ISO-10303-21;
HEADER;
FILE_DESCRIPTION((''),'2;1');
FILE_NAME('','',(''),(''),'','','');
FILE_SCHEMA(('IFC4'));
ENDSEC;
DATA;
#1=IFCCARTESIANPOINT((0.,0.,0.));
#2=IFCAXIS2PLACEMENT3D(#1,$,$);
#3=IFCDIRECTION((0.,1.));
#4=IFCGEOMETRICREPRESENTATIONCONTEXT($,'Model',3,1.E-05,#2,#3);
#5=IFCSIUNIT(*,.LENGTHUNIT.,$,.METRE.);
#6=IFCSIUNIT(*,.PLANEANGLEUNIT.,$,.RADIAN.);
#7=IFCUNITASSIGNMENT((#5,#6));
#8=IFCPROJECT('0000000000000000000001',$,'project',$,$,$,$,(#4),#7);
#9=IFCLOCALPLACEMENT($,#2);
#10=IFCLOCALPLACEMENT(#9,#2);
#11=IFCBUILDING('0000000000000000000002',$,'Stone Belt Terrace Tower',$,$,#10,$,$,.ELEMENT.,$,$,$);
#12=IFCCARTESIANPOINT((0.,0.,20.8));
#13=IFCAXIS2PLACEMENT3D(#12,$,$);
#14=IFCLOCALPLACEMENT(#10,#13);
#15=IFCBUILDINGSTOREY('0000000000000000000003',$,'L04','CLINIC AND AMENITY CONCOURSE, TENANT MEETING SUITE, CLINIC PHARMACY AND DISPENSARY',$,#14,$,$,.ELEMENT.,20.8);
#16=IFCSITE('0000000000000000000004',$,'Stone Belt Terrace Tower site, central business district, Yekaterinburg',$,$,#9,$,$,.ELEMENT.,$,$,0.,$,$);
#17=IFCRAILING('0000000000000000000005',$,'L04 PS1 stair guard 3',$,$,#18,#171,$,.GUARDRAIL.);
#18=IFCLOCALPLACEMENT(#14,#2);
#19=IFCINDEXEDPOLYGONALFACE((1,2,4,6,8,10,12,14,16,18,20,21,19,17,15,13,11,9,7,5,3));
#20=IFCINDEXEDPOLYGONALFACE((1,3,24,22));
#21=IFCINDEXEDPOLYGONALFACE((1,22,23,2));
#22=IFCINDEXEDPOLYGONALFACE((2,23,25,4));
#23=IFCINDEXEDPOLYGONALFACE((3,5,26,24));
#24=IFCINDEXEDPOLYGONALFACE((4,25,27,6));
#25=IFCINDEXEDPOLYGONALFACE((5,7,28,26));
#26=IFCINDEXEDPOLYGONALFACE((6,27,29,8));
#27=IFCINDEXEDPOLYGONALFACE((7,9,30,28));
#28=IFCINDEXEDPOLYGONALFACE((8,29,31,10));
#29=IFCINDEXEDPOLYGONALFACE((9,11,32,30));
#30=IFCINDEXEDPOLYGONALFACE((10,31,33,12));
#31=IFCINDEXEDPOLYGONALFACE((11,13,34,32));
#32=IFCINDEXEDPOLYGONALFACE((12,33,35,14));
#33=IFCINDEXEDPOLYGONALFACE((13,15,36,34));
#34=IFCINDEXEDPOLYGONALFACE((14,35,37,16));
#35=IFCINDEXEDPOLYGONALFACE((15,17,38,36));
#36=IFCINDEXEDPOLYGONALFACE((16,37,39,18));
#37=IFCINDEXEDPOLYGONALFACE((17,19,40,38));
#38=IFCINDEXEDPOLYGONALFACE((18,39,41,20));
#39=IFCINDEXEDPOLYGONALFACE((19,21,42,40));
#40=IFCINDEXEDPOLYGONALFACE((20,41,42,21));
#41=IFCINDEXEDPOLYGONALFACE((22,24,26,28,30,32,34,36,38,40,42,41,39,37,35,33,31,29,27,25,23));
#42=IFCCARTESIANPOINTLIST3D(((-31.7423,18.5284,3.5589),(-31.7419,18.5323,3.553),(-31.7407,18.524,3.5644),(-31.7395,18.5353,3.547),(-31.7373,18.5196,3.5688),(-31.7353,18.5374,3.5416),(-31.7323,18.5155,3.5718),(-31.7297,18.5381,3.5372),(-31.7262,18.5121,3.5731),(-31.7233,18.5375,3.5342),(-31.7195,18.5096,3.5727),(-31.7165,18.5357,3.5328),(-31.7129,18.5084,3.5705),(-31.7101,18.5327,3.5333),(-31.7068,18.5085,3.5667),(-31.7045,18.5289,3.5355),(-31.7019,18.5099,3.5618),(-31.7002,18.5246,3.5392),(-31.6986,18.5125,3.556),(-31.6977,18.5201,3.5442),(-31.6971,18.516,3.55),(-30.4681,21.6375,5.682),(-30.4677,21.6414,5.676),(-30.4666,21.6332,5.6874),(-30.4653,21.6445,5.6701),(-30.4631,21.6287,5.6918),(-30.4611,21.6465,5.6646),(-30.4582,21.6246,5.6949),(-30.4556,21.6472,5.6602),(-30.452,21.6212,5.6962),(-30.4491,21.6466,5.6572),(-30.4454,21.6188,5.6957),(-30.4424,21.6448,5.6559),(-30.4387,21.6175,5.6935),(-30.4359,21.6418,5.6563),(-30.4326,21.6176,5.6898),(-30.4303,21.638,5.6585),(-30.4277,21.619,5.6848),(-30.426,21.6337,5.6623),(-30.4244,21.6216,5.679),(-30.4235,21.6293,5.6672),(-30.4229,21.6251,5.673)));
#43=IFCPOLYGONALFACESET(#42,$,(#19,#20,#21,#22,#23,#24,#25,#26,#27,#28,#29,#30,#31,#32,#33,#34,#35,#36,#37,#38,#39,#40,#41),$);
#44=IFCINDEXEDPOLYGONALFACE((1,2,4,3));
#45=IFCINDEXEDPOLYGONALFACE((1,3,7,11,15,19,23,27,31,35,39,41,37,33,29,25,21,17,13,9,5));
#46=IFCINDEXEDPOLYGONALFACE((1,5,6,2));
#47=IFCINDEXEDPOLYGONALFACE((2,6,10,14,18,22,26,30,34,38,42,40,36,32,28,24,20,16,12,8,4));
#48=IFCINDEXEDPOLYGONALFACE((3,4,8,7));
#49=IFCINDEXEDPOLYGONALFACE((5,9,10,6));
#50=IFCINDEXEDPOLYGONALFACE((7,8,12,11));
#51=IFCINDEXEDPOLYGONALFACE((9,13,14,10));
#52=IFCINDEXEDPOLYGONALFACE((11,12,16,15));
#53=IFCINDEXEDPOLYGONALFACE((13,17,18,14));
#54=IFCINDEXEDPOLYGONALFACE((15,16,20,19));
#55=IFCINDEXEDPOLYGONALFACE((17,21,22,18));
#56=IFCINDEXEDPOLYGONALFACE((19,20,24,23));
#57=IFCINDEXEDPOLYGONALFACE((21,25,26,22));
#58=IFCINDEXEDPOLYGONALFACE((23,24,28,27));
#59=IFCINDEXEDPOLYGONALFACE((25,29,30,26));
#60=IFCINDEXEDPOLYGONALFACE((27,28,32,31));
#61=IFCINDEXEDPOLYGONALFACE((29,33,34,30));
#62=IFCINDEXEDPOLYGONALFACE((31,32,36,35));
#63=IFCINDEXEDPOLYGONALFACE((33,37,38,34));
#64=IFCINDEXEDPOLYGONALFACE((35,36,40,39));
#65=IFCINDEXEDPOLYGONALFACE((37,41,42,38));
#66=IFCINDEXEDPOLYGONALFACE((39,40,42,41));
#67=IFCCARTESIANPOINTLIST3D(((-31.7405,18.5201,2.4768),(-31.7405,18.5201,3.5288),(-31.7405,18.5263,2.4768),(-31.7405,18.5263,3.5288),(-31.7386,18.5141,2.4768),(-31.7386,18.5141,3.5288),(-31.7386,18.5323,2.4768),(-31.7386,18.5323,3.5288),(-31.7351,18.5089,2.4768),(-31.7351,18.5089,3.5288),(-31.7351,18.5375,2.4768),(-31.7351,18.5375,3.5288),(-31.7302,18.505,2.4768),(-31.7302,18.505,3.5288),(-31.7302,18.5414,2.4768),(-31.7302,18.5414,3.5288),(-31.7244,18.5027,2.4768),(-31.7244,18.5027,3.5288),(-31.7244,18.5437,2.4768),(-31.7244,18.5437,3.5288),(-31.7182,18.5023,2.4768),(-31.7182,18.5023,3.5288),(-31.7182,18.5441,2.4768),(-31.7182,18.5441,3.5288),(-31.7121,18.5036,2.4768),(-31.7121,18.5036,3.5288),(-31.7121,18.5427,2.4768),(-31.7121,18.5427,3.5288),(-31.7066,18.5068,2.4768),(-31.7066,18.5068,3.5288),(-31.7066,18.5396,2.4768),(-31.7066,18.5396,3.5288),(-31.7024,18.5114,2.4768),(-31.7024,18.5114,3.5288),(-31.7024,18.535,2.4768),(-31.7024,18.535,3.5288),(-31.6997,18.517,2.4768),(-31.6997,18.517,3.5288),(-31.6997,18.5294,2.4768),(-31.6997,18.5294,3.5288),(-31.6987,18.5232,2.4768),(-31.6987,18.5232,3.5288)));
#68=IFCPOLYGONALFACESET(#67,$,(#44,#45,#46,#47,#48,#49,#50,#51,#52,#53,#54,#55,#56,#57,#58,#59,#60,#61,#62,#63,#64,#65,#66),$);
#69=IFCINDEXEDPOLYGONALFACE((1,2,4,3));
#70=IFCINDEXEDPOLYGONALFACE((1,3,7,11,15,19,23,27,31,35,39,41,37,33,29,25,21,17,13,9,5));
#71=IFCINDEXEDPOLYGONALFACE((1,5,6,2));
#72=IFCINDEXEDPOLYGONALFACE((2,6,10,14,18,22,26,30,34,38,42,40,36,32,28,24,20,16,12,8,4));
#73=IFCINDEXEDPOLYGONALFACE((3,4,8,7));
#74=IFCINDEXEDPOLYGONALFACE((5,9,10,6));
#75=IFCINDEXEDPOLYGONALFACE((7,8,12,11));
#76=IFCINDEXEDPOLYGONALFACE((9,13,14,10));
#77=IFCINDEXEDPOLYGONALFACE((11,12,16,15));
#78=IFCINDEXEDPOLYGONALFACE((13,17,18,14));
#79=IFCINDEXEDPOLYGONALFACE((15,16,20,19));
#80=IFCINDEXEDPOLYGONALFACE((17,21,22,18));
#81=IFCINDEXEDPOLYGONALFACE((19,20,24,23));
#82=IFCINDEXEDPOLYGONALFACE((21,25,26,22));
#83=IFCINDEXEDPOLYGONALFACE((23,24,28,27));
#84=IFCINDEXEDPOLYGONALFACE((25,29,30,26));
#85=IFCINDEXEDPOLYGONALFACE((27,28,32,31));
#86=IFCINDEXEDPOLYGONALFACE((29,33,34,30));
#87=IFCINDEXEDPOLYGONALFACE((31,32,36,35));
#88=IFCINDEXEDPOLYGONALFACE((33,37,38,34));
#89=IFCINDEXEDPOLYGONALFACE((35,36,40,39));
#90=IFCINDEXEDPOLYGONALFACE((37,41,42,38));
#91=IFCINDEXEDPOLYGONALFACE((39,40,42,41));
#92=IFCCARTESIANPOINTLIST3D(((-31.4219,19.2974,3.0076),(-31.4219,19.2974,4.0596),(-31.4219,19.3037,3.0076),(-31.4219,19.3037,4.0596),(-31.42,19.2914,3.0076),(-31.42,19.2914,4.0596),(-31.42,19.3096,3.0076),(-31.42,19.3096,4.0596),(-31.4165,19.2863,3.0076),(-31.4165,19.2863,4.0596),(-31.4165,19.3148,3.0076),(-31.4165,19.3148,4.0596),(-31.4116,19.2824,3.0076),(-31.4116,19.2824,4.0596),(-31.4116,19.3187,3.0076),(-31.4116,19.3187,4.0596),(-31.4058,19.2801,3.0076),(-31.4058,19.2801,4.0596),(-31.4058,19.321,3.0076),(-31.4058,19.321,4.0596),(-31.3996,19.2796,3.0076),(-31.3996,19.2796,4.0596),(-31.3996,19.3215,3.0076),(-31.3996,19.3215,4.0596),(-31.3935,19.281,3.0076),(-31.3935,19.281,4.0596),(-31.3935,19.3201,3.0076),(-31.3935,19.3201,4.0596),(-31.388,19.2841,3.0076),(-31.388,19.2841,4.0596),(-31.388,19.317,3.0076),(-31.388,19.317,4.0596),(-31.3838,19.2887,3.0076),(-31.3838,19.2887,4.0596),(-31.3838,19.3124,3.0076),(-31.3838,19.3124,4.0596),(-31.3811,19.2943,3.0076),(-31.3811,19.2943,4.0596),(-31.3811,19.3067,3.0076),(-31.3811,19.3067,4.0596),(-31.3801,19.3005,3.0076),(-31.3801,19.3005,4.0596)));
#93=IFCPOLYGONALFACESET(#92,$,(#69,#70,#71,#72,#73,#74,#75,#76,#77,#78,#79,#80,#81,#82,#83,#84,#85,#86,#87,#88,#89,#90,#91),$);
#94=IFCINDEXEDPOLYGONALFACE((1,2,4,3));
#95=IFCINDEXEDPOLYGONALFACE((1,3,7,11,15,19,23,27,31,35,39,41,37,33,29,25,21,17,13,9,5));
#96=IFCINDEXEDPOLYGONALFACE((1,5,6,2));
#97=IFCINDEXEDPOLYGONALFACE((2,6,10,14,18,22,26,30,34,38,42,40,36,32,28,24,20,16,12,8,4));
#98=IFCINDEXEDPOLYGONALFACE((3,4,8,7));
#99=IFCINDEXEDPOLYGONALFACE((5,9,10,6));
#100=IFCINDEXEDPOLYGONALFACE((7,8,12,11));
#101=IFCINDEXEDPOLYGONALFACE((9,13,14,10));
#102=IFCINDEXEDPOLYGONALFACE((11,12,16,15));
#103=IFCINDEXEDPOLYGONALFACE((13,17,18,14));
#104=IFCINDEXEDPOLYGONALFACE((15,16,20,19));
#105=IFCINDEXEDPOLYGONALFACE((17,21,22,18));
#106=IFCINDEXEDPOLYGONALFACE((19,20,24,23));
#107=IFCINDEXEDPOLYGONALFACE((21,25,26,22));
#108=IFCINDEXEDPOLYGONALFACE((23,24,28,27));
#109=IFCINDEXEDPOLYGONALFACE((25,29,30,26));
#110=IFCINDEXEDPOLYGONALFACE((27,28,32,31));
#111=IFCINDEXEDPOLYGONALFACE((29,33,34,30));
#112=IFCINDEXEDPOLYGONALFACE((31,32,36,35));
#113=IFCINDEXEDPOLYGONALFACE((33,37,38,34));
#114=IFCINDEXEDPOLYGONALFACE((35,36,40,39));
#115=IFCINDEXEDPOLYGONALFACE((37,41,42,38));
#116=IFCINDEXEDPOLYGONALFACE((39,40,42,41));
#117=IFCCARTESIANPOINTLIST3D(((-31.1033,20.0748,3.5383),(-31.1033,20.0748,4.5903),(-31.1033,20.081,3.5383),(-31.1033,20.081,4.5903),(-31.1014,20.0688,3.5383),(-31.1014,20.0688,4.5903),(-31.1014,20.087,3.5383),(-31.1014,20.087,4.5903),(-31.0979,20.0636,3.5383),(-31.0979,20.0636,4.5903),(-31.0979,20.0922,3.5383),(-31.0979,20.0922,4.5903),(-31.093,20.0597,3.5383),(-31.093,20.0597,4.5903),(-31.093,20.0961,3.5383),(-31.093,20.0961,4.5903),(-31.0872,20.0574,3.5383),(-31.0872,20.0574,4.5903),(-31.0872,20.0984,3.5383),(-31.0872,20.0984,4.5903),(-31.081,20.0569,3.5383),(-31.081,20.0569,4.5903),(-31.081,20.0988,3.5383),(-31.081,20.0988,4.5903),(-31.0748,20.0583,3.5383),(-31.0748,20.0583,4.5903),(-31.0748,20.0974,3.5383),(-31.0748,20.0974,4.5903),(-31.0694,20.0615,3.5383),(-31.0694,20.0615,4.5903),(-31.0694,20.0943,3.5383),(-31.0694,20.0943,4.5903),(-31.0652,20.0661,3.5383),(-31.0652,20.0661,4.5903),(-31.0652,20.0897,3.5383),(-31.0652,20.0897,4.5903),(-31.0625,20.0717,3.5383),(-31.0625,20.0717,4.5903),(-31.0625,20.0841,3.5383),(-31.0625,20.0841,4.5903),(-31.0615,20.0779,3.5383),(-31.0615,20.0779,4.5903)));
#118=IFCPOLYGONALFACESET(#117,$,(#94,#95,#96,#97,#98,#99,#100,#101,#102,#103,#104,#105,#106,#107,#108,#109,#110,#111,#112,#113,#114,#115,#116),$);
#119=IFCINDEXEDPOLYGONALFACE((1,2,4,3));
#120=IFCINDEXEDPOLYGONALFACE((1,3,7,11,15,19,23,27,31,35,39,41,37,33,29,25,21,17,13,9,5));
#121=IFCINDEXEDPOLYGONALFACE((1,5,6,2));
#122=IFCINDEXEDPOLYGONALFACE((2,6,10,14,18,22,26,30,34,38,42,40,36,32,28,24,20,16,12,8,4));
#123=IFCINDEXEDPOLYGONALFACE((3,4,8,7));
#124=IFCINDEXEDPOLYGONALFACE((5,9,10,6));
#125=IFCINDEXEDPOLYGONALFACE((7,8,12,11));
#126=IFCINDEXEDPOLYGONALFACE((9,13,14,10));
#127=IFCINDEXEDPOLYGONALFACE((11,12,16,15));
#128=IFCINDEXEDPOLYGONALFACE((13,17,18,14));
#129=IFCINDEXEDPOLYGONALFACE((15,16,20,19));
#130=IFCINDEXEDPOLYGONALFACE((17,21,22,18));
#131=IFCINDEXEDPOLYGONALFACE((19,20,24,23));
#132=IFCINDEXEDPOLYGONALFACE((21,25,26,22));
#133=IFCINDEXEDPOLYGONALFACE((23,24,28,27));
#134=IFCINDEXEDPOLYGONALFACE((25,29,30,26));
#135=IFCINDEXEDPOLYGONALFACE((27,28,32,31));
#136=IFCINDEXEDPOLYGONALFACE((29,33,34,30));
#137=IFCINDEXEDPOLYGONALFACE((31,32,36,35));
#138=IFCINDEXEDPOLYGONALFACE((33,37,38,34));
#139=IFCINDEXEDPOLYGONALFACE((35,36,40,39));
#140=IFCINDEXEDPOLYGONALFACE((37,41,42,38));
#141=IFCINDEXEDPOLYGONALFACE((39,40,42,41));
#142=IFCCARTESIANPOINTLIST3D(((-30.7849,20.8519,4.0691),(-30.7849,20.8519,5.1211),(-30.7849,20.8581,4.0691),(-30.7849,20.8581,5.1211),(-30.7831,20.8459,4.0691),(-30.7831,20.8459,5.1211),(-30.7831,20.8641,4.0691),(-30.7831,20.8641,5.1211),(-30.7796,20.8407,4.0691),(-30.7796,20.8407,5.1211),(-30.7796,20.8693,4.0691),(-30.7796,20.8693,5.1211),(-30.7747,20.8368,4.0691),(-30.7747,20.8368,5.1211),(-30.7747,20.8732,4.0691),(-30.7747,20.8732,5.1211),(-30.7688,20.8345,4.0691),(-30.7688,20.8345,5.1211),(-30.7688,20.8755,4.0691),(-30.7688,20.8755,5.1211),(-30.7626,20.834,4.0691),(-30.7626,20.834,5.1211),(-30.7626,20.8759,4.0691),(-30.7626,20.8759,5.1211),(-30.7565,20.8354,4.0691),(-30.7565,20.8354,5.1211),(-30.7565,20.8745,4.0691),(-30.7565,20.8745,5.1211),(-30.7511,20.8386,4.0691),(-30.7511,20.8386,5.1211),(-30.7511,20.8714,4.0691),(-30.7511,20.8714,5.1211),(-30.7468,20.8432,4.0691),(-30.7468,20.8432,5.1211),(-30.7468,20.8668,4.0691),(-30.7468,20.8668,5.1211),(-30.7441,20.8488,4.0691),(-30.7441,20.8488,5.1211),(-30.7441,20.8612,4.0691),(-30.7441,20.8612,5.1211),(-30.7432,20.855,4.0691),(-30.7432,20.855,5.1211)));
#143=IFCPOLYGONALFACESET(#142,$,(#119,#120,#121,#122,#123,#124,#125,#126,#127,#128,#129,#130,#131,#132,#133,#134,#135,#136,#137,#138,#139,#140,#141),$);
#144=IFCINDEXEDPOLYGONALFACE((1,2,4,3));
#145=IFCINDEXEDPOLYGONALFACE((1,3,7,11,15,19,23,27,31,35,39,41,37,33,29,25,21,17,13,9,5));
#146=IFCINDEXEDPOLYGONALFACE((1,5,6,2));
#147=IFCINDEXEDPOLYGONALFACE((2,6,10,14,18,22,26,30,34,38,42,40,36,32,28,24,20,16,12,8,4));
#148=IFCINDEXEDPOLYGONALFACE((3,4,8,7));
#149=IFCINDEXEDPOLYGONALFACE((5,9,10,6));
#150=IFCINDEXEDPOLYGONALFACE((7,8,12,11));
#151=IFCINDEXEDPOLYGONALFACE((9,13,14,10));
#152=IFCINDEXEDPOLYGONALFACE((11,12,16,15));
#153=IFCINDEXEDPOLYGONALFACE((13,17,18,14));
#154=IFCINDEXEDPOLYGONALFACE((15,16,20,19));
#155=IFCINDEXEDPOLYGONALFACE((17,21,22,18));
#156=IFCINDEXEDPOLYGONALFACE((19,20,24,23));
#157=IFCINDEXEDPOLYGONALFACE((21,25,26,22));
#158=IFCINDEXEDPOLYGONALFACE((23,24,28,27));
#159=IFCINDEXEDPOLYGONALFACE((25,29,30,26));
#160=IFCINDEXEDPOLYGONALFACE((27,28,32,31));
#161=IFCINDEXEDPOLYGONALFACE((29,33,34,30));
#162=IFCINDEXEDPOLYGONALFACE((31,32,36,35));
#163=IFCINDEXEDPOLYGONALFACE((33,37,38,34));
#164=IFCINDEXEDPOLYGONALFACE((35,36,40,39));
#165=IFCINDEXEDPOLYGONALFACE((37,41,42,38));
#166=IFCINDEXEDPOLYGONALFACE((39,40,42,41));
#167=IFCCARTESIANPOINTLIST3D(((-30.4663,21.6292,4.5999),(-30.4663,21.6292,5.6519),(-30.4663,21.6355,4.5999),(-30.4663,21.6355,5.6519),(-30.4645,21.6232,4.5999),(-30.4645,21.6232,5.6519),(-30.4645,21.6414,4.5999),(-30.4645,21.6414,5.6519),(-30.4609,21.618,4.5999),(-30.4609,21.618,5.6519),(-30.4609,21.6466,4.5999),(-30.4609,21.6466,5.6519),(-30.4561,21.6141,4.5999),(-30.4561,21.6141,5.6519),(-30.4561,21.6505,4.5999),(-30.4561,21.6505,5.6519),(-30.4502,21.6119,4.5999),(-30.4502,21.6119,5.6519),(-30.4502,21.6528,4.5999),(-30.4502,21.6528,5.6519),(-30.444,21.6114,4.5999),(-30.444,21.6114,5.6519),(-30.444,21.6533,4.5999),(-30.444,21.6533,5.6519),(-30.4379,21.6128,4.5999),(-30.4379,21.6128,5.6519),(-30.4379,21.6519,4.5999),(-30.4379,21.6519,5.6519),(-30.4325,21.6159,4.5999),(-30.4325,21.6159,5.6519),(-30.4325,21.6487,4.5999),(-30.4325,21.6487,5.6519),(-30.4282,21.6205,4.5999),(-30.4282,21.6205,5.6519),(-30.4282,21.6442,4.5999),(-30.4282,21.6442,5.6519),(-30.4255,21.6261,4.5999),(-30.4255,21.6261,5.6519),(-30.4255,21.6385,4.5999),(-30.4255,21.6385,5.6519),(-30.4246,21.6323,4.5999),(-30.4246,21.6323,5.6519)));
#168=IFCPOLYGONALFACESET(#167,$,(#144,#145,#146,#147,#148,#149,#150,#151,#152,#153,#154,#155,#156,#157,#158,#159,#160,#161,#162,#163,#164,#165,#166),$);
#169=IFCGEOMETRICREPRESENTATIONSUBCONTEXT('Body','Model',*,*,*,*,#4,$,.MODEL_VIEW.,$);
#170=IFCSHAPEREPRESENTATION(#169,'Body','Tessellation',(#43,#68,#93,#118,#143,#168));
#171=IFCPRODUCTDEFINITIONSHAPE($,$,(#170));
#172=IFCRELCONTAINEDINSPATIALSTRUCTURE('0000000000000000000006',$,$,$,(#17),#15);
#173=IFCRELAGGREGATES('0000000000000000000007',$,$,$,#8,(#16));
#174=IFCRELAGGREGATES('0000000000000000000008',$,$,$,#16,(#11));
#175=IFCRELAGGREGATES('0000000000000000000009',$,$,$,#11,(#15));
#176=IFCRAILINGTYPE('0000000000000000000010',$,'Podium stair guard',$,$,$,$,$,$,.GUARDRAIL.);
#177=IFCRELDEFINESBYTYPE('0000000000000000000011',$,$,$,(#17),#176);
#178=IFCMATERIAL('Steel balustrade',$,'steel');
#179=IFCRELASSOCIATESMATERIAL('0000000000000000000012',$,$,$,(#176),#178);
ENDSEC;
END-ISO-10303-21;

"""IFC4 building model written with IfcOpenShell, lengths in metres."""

from ifc_helpers import new_model, si_unit, direction, frame, origin, origin_2d, place, context, subcontext, project, spatial, circle, extrude, material, type_object, element, save


model = new_model("IFC4")

# Units and contexts
model_context = context("Model", 3, precision=1e-05, world=origin(), true_north=direction((0.0, 1.0)))
body_context = subcontext(model_context, "Body", "Model", "MODEL_VIEW")
ifc_project = project(units=[si_unit("LENGTHUNIT", "METRE"), si_unit("PLANEANGLEUNIT", "RADIAN")], contexts=[model_context])

# Site, building, storey
site_placement = place(None, origin())
site = spatial("IfcSite", under=ifc_project, at=site_placement, Name="Stone Belt Terrace Tower site, central business district, Yekaterinburg", CompositionType="ELEMENT", RefElevation=0.0)
building_placement = place(site_placement, origin())
building = spatial("IfcBuilding", under=site, at=building_placement, Name="Stone Belt Terrace Tower", CompositionType="ELEMENT")
storey_placement = place(building_placement, frame((0.0, 0.0, 20.8)))
storey = spatial("IfcBuildingStorey", under=building, at=storey_placement, Name="L04", Description="CLINIC AND AMENITY CONCOURSE, TENANT MEETING SUITE, CLINIC PHARMACY AND DISPENSARY", CompositionType="ELEMENT", Elevation=20.8)

# Railing
ifc_material_1 = material(Name="Steel balustrade", Category="steel")
railing_type_1 = type_object("IfcRailingType", Name="Podium stair guard", PredefinedType="GUARDRAIL", material=ifc_material_1)
railing_1_placement = place(storey_placement, frame((-31.7197, 18.5232, 2.4768)))
element("IfcRailing", 1, at=railing_1_placement, inside=storey, type_object=railing_type_1, Name="L04 PS1 stair guard 3", PredefinedType="GUARDRAIL", context=body_context, shape_type="SweptSolid", body=[
    extrude(circle(Radius=0.0239, at=origin_2d()), frame((0.0, 0.0, 1.0762), z_axis=(0.320577, 0.782248, 0.534152), x_axis=(-0.925312, 0.379207, 0.0)), (0.0, 0.0, 1.0), 3.9746),
    extrude(circle(Radius=0.021, at=origin_2d()), origin(), (0.0, 0.0, 1.0), 1.052),
    extrude(circle(Radius=0.021, at=origin_2d()), frame((0.3186, 0.7773, 0.5308)), (0.0, 0.0, 1.0), 1.052),
    extrude(circle(Radius=0.021, at=origin_2d()), frame((0.6372, 1.5547, 1.0615)), (0.0, 0.0, 1.0), 1.052),
    extrude(circle(Radius=0.021, at=origin_2d()), frame((0.9556, 2.3318, 1.5923)), (0.0, 0.0, 1.0), 1.052),
    extrude(circle(Radius=0.021, at=origin_2d()), frame((1.2742, 3.1091, 2.123)), (0.0, 0.0, 1.0), 1.052),
])

save(model, "model.ifc")
